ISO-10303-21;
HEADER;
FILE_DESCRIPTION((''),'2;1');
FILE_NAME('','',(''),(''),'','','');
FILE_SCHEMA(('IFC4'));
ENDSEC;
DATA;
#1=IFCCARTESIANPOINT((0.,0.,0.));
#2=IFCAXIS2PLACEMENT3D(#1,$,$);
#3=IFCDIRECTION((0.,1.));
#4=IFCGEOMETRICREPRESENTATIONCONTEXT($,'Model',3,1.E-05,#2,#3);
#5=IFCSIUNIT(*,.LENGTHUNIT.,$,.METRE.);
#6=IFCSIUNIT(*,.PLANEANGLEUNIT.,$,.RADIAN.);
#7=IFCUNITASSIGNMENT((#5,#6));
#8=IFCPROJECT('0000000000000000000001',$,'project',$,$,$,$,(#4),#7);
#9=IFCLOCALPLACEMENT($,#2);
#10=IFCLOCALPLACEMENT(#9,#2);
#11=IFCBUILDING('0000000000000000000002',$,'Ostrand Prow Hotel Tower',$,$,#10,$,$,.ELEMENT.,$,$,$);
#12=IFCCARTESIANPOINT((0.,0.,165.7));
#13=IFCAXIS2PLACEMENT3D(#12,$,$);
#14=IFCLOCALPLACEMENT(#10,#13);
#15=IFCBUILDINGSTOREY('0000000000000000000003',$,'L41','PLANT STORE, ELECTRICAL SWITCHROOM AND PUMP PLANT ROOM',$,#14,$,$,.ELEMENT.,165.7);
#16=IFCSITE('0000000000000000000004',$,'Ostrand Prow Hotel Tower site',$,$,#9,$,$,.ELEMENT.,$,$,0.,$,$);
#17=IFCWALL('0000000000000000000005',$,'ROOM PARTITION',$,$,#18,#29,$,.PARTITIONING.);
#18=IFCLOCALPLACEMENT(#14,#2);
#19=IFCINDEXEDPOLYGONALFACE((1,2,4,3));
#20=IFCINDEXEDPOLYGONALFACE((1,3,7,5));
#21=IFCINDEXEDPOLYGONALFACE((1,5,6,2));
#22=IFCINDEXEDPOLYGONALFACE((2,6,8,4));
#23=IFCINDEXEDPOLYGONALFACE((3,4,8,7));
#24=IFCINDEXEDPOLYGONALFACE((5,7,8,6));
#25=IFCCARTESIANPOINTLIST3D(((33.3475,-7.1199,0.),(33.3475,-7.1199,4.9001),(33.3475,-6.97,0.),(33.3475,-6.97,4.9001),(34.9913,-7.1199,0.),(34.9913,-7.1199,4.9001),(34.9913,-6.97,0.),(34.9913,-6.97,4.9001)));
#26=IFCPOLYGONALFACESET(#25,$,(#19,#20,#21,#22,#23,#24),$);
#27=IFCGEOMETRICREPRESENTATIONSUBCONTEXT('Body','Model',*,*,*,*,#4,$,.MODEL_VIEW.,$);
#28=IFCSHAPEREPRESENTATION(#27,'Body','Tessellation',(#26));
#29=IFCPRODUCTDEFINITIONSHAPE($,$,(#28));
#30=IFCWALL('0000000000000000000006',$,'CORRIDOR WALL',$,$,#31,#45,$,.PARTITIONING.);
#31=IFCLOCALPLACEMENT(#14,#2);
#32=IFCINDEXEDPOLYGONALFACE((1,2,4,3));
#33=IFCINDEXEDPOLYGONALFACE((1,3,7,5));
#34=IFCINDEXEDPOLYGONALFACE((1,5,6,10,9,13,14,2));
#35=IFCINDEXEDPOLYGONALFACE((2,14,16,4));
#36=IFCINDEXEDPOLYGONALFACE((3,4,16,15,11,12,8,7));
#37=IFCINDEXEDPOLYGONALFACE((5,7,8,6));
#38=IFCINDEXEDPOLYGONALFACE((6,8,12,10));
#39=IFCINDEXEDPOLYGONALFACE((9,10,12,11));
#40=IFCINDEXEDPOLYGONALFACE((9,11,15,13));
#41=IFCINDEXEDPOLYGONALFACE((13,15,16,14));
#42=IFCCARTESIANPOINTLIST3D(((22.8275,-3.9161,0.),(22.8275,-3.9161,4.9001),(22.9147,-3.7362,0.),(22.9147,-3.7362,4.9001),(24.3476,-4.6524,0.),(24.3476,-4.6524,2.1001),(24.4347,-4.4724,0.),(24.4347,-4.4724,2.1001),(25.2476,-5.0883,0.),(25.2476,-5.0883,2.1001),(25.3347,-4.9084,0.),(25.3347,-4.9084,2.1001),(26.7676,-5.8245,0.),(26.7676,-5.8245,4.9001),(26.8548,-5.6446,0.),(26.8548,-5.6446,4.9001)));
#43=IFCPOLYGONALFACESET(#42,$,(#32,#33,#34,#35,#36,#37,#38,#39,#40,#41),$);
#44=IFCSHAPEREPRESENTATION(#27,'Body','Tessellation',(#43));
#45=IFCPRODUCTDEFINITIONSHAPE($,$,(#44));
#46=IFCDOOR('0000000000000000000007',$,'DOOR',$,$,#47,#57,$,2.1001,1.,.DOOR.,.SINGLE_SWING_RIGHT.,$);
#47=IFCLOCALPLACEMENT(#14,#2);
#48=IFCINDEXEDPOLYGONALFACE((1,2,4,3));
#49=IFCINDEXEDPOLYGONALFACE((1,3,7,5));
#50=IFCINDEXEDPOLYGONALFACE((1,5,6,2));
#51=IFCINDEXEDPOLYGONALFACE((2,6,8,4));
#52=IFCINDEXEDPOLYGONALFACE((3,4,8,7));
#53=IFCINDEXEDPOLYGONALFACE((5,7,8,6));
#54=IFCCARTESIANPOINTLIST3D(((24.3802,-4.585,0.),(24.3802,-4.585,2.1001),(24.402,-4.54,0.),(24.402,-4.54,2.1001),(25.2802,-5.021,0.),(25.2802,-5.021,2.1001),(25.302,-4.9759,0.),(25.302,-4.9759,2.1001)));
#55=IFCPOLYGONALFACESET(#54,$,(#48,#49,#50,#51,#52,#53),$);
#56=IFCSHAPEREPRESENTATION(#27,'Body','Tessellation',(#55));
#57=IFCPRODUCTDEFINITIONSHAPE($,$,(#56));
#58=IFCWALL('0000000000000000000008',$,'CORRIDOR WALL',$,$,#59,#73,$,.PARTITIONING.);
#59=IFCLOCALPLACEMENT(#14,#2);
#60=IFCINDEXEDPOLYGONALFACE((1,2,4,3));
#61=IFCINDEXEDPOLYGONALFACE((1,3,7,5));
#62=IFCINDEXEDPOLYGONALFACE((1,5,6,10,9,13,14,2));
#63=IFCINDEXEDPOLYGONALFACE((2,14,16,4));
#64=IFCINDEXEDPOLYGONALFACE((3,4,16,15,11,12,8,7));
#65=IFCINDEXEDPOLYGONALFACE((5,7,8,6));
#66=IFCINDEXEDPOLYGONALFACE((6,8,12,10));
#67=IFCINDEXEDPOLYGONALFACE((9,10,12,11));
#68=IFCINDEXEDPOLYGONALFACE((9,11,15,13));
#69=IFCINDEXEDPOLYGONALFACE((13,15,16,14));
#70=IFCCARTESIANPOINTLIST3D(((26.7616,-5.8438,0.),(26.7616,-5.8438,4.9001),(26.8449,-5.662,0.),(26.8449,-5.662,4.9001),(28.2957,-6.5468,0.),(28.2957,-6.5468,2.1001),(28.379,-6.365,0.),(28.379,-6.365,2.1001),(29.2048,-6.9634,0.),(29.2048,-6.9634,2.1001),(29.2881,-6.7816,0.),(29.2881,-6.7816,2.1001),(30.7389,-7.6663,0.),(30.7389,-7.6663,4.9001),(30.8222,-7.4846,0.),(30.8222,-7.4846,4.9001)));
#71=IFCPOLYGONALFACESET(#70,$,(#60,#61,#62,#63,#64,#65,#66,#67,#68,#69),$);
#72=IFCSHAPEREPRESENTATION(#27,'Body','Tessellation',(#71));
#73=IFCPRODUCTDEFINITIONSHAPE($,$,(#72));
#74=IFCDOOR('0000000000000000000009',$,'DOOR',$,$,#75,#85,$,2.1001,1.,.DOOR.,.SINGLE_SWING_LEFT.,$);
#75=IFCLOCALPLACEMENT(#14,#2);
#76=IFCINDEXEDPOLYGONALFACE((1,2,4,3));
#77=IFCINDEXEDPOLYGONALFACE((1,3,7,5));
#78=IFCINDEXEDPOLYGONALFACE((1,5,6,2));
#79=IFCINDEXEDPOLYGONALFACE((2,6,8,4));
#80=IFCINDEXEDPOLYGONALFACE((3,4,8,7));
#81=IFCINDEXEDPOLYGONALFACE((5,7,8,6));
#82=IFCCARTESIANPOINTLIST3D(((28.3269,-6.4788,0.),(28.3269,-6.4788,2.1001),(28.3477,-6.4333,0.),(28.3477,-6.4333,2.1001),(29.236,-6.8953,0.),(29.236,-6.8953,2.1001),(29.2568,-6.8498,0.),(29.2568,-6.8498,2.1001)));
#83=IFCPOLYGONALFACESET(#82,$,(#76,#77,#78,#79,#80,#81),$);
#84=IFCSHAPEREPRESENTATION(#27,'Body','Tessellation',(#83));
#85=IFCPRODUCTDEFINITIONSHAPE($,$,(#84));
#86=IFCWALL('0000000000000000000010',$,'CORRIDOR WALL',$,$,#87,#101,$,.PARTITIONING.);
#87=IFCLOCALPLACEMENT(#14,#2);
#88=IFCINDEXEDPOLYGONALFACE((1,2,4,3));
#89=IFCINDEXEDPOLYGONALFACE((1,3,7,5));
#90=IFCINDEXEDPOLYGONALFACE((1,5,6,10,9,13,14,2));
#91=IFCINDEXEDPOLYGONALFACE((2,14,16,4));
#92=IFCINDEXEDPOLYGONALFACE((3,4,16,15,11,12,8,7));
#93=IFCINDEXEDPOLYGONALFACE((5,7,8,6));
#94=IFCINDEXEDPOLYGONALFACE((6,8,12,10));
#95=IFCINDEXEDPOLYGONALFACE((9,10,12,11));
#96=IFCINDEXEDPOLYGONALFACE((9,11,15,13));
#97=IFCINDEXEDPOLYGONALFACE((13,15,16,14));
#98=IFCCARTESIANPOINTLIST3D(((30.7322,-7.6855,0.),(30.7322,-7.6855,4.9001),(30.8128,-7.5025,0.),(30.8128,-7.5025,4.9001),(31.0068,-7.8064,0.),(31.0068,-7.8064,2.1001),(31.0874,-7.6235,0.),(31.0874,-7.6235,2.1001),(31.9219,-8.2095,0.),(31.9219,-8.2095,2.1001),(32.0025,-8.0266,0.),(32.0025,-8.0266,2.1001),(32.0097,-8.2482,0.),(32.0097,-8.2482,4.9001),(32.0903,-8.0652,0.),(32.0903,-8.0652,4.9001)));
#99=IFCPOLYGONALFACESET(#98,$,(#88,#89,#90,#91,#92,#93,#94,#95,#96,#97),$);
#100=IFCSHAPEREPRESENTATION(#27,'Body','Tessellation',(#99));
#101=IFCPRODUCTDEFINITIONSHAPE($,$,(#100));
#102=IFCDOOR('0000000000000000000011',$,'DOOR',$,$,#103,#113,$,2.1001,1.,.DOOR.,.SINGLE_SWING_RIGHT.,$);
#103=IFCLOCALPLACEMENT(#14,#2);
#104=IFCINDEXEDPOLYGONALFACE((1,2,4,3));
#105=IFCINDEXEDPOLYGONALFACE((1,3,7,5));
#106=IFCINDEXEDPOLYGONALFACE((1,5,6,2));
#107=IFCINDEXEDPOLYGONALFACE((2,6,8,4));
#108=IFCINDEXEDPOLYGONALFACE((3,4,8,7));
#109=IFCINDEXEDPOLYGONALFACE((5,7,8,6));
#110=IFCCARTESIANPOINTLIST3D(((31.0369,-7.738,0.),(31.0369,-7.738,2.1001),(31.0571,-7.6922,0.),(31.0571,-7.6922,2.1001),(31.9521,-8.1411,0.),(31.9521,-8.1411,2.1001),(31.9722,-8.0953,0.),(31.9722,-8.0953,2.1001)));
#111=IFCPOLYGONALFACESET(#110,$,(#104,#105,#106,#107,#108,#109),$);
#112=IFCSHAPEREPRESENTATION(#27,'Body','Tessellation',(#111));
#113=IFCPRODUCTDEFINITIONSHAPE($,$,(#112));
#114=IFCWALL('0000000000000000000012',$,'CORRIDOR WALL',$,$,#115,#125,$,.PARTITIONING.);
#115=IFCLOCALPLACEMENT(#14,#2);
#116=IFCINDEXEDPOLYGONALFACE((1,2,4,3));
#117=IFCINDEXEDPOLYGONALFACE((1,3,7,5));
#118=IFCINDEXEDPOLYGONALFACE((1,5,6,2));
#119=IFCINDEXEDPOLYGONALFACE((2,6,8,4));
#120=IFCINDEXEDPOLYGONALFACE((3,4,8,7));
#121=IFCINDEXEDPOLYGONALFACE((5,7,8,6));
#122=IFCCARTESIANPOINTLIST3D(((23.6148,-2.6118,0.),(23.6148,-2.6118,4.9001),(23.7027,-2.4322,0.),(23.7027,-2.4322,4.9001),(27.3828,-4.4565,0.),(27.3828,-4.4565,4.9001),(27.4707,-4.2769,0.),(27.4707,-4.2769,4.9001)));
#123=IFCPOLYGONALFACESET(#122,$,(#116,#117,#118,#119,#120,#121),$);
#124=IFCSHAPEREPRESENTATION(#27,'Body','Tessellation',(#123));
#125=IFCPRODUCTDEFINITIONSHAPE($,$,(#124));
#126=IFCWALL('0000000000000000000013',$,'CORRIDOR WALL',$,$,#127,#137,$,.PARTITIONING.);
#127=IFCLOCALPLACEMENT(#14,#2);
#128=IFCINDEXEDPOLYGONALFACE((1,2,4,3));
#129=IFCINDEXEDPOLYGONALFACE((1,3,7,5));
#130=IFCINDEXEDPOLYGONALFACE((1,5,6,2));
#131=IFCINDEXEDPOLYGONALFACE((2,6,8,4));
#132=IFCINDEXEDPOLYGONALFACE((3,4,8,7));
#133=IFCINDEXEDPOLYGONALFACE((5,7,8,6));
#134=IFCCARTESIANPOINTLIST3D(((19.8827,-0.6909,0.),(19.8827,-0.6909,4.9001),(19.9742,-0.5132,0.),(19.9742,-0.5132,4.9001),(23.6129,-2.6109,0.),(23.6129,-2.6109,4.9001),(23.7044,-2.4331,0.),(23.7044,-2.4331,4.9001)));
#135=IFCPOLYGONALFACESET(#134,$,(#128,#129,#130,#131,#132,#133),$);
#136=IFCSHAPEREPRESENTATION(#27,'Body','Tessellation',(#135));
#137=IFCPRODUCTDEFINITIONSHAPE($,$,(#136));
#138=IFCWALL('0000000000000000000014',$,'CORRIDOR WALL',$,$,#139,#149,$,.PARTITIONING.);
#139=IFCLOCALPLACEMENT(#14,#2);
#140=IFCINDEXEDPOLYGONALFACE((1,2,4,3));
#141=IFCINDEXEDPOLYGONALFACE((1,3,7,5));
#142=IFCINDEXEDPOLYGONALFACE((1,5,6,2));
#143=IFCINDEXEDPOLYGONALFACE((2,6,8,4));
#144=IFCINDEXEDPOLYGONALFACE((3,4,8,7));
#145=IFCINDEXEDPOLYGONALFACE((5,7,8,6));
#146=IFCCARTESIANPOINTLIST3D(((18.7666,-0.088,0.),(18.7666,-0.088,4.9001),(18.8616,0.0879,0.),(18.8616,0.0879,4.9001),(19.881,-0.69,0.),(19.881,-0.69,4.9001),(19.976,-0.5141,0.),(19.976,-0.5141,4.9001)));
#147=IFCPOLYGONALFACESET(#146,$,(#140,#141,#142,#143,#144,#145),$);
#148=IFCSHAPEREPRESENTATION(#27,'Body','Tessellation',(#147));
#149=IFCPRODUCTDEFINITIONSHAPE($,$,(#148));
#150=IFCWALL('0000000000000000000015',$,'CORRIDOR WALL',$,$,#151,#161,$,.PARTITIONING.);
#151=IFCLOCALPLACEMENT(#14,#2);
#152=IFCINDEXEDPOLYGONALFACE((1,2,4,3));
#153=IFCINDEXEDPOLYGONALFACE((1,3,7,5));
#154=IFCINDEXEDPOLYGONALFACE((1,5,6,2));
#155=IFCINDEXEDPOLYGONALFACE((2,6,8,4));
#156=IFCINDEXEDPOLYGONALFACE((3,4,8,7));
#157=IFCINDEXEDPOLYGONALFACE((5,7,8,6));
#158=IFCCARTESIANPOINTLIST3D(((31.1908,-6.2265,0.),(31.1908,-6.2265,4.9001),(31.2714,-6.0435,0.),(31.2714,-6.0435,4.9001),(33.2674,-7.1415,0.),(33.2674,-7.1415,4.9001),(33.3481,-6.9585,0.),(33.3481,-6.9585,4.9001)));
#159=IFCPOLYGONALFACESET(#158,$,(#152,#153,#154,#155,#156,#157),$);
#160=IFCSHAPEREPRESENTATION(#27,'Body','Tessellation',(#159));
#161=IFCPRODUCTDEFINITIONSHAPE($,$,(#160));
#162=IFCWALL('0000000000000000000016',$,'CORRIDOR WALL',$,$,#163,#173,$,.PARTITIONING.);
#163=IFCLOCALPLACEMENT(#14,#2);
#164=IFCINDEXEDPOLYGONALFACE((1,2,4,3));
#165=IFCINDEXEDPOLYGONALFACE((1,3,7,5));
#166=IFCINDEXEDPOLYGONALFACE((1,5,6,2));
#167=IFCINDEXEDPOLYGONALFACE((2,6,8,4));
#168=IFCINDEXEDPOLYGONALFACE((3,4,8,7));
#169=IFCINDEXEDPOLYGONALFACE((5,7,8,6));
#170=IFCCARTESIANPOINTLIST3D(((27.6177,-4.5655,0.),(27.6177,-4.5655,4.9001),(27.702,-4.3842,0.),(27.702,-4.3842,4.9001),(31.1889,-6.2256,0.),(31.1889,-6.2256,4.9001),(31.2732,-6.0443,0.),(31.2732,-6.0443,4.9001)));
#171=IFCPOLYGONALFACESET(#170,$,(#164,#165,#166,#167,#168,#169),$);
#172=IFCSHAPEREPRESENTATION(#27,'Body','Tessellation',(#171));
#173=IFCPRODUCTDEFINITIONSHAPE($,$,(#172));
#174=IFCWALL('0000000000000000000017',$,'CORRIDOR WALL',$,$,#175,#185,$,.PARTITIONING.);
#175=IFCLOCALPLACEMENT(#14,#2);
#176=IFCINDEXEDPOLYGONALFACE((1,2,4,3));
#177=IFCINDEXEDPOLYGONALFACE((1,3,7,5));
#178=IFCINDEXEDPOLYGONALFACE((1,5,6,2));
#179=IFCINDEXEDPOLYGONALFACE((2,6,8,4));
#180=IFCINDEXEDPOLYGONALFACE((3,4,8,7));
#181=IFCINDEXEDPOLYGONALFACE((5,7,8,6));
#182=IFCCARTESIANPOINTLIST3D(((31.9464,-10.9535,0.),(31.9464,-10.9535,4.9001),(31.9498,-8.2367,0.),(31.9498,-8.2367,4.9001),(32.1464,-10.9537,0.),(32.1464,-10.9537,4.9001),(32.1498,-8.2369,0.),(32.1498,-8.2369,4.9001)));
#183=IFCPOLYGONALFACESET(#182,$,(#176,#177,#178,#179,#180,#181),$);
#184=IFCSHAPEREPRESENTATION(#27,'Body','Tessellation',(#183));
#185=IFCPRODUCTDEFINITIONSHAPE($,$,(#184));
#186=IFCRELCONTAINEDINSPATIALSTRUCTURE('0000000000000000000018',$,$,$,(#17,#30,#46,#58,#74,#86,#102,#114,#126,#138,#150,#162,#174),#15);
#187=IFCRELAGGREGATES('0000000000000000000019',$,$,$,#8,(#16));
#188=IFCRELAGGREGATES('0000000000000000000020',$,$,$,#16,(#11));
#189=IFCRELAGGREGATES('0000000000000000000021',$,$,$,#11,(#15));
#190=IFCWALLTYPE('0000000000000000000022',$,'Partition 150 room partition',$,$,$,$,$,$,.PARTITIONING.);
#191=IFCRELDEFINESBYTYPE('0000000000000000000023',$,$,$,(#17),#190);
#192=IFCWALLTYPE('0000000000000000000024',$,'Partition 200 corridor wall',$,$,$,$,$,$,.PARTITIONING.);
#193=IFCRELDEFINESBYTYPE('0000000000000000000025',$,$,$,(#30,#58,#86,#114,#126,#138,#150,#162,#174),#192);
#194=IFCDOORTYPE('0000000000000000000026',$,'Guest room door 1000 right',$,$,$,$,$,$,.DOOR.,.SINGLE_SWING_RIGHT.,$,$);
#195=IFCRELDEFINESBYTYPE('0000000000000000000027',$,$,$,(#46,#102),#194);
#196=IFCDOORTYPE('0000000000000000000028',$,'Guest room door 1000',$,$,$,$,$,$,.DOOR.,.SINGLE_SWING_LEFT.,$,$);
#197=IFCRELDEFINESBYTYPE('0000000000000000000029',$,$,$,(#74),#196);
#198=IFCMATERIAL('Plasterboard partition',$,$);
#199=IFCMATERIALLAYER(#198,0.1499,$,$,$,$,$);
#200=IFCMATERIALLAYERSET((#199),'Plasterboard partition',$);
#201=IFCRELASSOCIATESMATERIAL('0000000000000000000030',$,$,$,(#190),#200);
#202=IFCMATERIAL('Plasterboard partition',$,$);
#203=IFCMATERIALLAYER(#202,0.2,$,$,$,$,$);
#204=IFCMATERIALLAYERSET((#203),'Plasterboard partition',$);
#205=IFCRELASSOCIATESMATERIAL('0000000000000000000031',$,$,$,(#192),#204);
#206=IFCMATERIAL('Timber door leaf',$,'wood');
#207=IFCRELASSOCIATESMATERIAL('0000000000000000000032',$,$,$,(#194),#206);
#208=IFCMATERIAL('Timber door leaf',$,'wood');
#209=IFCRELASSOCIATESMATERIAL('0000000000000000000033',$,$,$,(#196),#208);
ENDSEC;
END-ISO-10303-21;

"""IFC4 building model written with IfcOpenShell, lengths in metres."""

from ifc_helpers import new_model, si_unit, direction, frame, frame_2d, origin, place, context, subcontext, project, spatial, rectangle, extrude, material, layer, layer_set, type_object, element, fill, save


model = new_model("IFC4")

# Units and contexts
model_context = context("Model", 3, precision=1e-05, world=origin(), true_north=direction((0.0, 1.0)))
body_context = subcontext(model_context, "Body", "Model", "MODEL_VIEW")
ifc_project = project(units=[si_unit("LENGTHUNIT", "METRE"), si_unit("PLANEANGLEUNIT", "RADIAN")], contexts=[model_context])

# Site, building, storey
site_placement = place(None, origin())
site = spatial("IfcSite", under=ifc_project, at=site_placement, Name="Ostrand Prow Hotel Tower site", CompositionType="ELEMENT", RefElevation=0.0)
building_placement = place(site_placement, origin())
building = spatial("IfcBuilding", under=site, at=building_placement, Name="Ostrand Prow Hotel Tower", CompositionType="ELEMENT")
storey_placement = place(building_placement, frame((0.0, 0.0, 165.7)))
storey = spatial("IfcBuildingStorey", under=building, at=storey_placement, Name="L41", Description="PLANT STORE, ELECTRICAL SWITCHROOM AND PUMP PLANT ROOM", CompositionType="ELEMENT", Elevation=165.7)

# Wall
ifc_material_1 = material(Name="Plasterboard partition")
ifc_layer_1 = layer(ifc_material_1, 0.1499)
ifc_layer_set_1 = layer_set([ifc_layer_1], Name="Plasterboard partition")
wall_type_1 = type_object("IfcWallType", Name="Partition 150 room partition", PredefinedType="PARTITIONING", material=ifc_layer_set_1)
wall_1_placement = place(storey_placement, frame((34.9912, -7.0449, 0.0), z_axis=(0.0, 0.0, 1.0), x_axis=(-1.0, 0.0, 0.0)))
element("IfcWall", 1, at=wall_1_placement, inside=storey, type_object=wall_type_1, Name="ROOM PARTITION", PredefinedType="PARTITIONING", context=body_context, shape_type="SweptSolid", body=[
    extrude(rectangle(XDim=1.6438, YDim=0.1499, at=frame_2d((0.8218, 0.0))), origin(), (0.0, 0.0, 1.0), 4.9001),
])

# Walls, openings, doors
ifc_material_2 = material(Name="Plasterboard partition")
ifc_layer_2 = layer(ifc_material_2, 0.2)
ifc_layer_set_2 = layer_set([ifc_layer_2], Name="Plasterboard partition")
wall_type_2 = type_object("IfcWallType", Name="Partition 200 corridor wall", PredefinedType="PARTITIONING", material=ifc_layer_set_2)
wall_2_placement = place(storey_placement, frame((22.8711, -3.8262, 0.0), z_axis=(0.0, 0.0, 1.0), x_axis=(0.899989, -0.435914, 0.0)))
wall_2 = element("IfcWall", 2, at=wall_2_placement, inside=storey, type_object=wall_type_2, Name="CORRIDOR WALL", PredefinedType="PARTITIONING", context=body_context, shape_type="SweptSolid", body=[
    extrude(rectangle(XDim=4.3779, YDim=0.2, at=frame_2d((2.189, 0.0))), origin(), (0.0, 0.0, 1.0), 4.9001),
])
opening_1_placement = place(wall_2_placement, frame((1.689, 0.0, 0.0)))
opening_1 = element("IfcOpeningElement", 3, at=opening_1_placement, cuts=wall_2, PredefinedType="OPENING", context=body_context, shape_type="SweptSolid", body=[
    extrude(rectangle(XDim=1.0, YDim=2.1001, at=frame_2d((0.5, 1.05))), frame((0.0, 0.1099, 0.0), z_axis=(0.0, -1.0, 0.0), x_axis=(1.0, 0.0, 0.0)), (0.0, 0.0, 1.0), 0.22),
])
ifc_material_3 = material(Name="Timber door leaf", Category="wood")
door_type_1 = type_object("IfcDoorType", Name="Guest room door 1000 right", OperationType="SINGLE_SWING_RIGHT", PredefinedType="DOOR", material=ifc_material_3)
door_1_placement = place(opening_1_placement, origin())
door_1 = element("IfcDoor", 4, at=door_1_placement, inside=storey, type_object=door_type_1, Name="DOOR", OperationType="SINGLE_SWING_RIGHT", OverallHeight=2.1001, OverallWidth=1.0, PredefinedType="DOOR", context=body_context, shape_type="SweptSolid", body=[
    extrude(rectangle(XDim=1.0, YDim=2.1001, at=frame_2d((0.5, 1.05))), frame((0.0, 0.0249, 0.0), z_axis=(0.0, -1.0, 0.0), x_axis=(1.0, 0.0, 0.0)), (0.0, 0.0, 1.0), 0.05),
])
fill(opening_1, door_1)
wall_3_placement = place(storey_placement, frame((26.8032, -5.7529, 0.0), z_axis=(0.0, 0.0, 1.0), x_axis=(0.909101, -0.416576, 0.0)))
wall_3 = element("IfcWall", 5, at=wall_3_placement, inside=storey, type_object=wall_type_2, Name="CORRIDOR WALL", PredefinedType="PARTITIONING", context=body_context, shape_type="SweptSolid", body=[
    extrude(rectangle(XDim=4.375, YDim=0.2, at=frame_2d((2.1875, 0.0))), origin(), (0.0, 0.0, 1.0), 4.9001),
])
opening_2_placement = place(wall_3_placement, frame((1.6875, 0.0, 0.0)))
opening_2 = element("IfcOpeningElement", 6, at=opening_2_placement, cuts=wall_3, PredefinedType="OPENING", context=body_context, shape_type="SweptSolid", body=[
    extrude(rectangle(XDim=1.0, YDim=2.1001, at=frame_2d((0.5, 1.05))), frame((0.0, 0.1099, 0.0), z_axis=(0.0, -1.0, 0.0), x_axis=(1.0, 0.0, 0.0)), (0.0, 0.0, 1.0), 0.22),
])
ifc_material_4 = material(Name="Timber door leaf", Category="wood")
door_type_2 = type_object("IfcDoorType", Name="Guest room door 1000", OperationType="SINGLE_SWING_LEFT", PredefinedType="DOOR", material=ifc_material_4)
door_2_placement = place(opening_2_placement, origin())
door_2 = element("IfcDoor", 7, at=door_2_placement, inside=storey, type_object=door_type_2, Name="DOOR", OperationType="SINGLE_SWING_LEFT", OverallHeight=2.1001, OverallWidth=1.0, PredefinedType="DOOR", context=body_context, shape_type="SweptSolid", body=[
    extrude(rectangle(XDim=1.0, YDim=2.1001, at=frame_2d((0.5, 1.05))), frame((0.0, 0.0249, 0.0), z_axis=(0.0, -1.0, 0.0), x_axis=(1.0, 0.0, 0.0)), (0.0, 0.0, 1.0), 0.05),
])
fill(opening_2, door_2)
wall_4_placement = place(storey_placement, frame((30.7725, -7.594, 0.0), z_axis=(0.0, 0.0, 1.0), x_axis=(0.915155, -0.403102, 0.0)))
wall_4 = element("IfcWall", 8, at=wall_4_placement, inside=storey, type_object=wall_type_2, Name="CORRIDOR WALL", PredefinedType="PARTITIONING", context=body_context, shape_type="SweptSolid", body=[
    extrude(rectangle(XDim=1.396, YDim=0.2, at=frame_2d((0.698, 0.0))), origin(), (0.0, 0.0, 1.0), 4.9001),
])
opening_3_placement = place(wall_4_placement, frame((0.3, 0.0, 0.0)))
opening_3 = element("IfcOpeningElement", 9, at=opening_3_placement, cuts=wall_4, PredefinedType="OPENING", context=body_context, shape_type="SweptSolid", body=[
    extrude(rectangle(XDim=1.0, YDim=2.1001, at=frame_2d((0.5, 1.05))), frame((0.0, 0.1099, 0.0), z_axis=(0.0, -1.0, 0.0), x_axis=(1.0, 0.0, 0.0)), (0.0, 0.0, 1.0), 0.22),
])
door_3_placement = place(opening_3_placement, origin())
door_3 = element("IfcDoor", 10, at=door_3_placement, inside=storey, type_object=door_type_1, Name="DOOR", OperationType="SINGLE_SWING_RIGHT", OverallHeight=2.1001, OverallWidth=1.0, PredefinedType="DOOR", context=body_context, shape_type="SweptSolid", body=[
    extrude(rectangle(XDim=1.0, YDim=2.1001, at=frame_2d((0.5, 1.05))), frame((0.0, 0.0249, 0.0), z_axis=(0.0, -1.0, 0.0), x_axis=(1.0, 0.0, 0.0)), (0.0, 0.0, 1.0), 0.05),
])
fill(opening_3, door_3)

# Walls
for number, where, z_axis, x_axis, name in (
    (11, (27.4268, -4.3667, 0.0), (0.0, 0.0, 1.0), (-0.898143, 0.439703, 0.0), "CORRIDOR WALL"),
    (12, (23.6587, -2.522, 0.0), (0.0, 0.0, 1.0), (-0.88914, 0.457635, 0.0), "CORRIDOR WALL"),
):
    element("IfcWall", number, at=place(storey_placement, frame(where, z_axis=z_axis, x_axis=x_axis)), inside=storey, type_object=wall_type_2, Name=name, PredefinedType="PARTITIONING", context=body_context, shape_type="SweptSolid", body=[
        extrude(rectangle(XDim=4.1953, YDim=0.2, at=frame_2d((2.0977, 0.0))), origin(), (0.0, 0.0, 1.0), 4.9001),
    ])
wall_5_placement = place(storey_placement, frame((19.9285, -0.6021, 0.0), z_axis=(0.0, 0.0, 1.0), x_axis=(-0.879833, 0.475283, 0.0)))
element("IfcWall", 13, at=wall_5_placement, inside=storey, type_object=wall_type_2, Name="CORRIDOR WALL", PredefinedType="PARTITIONING", context=body_context, shape_type="SweptSolid", body=[
    extrude(rectangle(XDim=1.2666, YDim=0.2, at=frame_2d((0.6333, 0.0))), origin(), (0.0, 0.0, 1.0), 4.9001),
])
wall_6_placement = place(storey_placement, frame((33.3079, -7.05, 0.0), z_axis=(0.0, 0.0, 1.0), x_axis=(-0.915102, 0.403222, 0.0)))
element("IfcWall", 14, at=wall_6_placement, inside=storey, type_object=wall_type_2, Name="CORRIDOR WALL", PredefinedType="PARTITIONING", context=body_context, shape_type="SweptSolid", body=[
    extrude(rectangle(XDim=2.2693, YDim=0.2, at=frame_2d((1.1348, 0.0))), origin(), (0.0, 0.0, 1.0), 4.9001),
])
wall_7_placement = place(storey_placement, frame((31.2312, -6.135, 0.0), z_axis=(0.0, 0.0, 1.0), x_axis=(-0.906809, 0.421541, 0.0)))
element("IfcWall", 15, at=wall_7_placement, inside=storey, type_object=wall_type_2, Name="CORRIDOR WALL", PredefinedType="PARTITIONING", context=body_context, shape_type="SweptSolid", body=[
    extrude(rectangle(XDim=3.9382, YDim=0.2, at=frame_2d((1.9692, 0.0))), origin(), (0.0, 0.0, 1.0), 4.9001),
])
wall_8_placement = place(storey_placement, frame((32.0498, -8.2368, 0.0), z_axis=(0.0, 0.0, 1.0), x_axis=(-0.001258, -0.999999, 0.0)))
element("IfcWall", 16, at=wall_8_placement, inside=storey, type_object=wall_type_2, Name="CORRIDOR WALL", PredefinedType="PARTITIONING", context=body_context, shape_type="SweptSolid", body=[
    extrude(rectangle(XDim=2.7168, YDim=0.2, at=frame_2d((1.3584, 0.0))), origin(), (0.0, 0.0, 1.0), 4.9001),
])

save(model, "model.ifc")
